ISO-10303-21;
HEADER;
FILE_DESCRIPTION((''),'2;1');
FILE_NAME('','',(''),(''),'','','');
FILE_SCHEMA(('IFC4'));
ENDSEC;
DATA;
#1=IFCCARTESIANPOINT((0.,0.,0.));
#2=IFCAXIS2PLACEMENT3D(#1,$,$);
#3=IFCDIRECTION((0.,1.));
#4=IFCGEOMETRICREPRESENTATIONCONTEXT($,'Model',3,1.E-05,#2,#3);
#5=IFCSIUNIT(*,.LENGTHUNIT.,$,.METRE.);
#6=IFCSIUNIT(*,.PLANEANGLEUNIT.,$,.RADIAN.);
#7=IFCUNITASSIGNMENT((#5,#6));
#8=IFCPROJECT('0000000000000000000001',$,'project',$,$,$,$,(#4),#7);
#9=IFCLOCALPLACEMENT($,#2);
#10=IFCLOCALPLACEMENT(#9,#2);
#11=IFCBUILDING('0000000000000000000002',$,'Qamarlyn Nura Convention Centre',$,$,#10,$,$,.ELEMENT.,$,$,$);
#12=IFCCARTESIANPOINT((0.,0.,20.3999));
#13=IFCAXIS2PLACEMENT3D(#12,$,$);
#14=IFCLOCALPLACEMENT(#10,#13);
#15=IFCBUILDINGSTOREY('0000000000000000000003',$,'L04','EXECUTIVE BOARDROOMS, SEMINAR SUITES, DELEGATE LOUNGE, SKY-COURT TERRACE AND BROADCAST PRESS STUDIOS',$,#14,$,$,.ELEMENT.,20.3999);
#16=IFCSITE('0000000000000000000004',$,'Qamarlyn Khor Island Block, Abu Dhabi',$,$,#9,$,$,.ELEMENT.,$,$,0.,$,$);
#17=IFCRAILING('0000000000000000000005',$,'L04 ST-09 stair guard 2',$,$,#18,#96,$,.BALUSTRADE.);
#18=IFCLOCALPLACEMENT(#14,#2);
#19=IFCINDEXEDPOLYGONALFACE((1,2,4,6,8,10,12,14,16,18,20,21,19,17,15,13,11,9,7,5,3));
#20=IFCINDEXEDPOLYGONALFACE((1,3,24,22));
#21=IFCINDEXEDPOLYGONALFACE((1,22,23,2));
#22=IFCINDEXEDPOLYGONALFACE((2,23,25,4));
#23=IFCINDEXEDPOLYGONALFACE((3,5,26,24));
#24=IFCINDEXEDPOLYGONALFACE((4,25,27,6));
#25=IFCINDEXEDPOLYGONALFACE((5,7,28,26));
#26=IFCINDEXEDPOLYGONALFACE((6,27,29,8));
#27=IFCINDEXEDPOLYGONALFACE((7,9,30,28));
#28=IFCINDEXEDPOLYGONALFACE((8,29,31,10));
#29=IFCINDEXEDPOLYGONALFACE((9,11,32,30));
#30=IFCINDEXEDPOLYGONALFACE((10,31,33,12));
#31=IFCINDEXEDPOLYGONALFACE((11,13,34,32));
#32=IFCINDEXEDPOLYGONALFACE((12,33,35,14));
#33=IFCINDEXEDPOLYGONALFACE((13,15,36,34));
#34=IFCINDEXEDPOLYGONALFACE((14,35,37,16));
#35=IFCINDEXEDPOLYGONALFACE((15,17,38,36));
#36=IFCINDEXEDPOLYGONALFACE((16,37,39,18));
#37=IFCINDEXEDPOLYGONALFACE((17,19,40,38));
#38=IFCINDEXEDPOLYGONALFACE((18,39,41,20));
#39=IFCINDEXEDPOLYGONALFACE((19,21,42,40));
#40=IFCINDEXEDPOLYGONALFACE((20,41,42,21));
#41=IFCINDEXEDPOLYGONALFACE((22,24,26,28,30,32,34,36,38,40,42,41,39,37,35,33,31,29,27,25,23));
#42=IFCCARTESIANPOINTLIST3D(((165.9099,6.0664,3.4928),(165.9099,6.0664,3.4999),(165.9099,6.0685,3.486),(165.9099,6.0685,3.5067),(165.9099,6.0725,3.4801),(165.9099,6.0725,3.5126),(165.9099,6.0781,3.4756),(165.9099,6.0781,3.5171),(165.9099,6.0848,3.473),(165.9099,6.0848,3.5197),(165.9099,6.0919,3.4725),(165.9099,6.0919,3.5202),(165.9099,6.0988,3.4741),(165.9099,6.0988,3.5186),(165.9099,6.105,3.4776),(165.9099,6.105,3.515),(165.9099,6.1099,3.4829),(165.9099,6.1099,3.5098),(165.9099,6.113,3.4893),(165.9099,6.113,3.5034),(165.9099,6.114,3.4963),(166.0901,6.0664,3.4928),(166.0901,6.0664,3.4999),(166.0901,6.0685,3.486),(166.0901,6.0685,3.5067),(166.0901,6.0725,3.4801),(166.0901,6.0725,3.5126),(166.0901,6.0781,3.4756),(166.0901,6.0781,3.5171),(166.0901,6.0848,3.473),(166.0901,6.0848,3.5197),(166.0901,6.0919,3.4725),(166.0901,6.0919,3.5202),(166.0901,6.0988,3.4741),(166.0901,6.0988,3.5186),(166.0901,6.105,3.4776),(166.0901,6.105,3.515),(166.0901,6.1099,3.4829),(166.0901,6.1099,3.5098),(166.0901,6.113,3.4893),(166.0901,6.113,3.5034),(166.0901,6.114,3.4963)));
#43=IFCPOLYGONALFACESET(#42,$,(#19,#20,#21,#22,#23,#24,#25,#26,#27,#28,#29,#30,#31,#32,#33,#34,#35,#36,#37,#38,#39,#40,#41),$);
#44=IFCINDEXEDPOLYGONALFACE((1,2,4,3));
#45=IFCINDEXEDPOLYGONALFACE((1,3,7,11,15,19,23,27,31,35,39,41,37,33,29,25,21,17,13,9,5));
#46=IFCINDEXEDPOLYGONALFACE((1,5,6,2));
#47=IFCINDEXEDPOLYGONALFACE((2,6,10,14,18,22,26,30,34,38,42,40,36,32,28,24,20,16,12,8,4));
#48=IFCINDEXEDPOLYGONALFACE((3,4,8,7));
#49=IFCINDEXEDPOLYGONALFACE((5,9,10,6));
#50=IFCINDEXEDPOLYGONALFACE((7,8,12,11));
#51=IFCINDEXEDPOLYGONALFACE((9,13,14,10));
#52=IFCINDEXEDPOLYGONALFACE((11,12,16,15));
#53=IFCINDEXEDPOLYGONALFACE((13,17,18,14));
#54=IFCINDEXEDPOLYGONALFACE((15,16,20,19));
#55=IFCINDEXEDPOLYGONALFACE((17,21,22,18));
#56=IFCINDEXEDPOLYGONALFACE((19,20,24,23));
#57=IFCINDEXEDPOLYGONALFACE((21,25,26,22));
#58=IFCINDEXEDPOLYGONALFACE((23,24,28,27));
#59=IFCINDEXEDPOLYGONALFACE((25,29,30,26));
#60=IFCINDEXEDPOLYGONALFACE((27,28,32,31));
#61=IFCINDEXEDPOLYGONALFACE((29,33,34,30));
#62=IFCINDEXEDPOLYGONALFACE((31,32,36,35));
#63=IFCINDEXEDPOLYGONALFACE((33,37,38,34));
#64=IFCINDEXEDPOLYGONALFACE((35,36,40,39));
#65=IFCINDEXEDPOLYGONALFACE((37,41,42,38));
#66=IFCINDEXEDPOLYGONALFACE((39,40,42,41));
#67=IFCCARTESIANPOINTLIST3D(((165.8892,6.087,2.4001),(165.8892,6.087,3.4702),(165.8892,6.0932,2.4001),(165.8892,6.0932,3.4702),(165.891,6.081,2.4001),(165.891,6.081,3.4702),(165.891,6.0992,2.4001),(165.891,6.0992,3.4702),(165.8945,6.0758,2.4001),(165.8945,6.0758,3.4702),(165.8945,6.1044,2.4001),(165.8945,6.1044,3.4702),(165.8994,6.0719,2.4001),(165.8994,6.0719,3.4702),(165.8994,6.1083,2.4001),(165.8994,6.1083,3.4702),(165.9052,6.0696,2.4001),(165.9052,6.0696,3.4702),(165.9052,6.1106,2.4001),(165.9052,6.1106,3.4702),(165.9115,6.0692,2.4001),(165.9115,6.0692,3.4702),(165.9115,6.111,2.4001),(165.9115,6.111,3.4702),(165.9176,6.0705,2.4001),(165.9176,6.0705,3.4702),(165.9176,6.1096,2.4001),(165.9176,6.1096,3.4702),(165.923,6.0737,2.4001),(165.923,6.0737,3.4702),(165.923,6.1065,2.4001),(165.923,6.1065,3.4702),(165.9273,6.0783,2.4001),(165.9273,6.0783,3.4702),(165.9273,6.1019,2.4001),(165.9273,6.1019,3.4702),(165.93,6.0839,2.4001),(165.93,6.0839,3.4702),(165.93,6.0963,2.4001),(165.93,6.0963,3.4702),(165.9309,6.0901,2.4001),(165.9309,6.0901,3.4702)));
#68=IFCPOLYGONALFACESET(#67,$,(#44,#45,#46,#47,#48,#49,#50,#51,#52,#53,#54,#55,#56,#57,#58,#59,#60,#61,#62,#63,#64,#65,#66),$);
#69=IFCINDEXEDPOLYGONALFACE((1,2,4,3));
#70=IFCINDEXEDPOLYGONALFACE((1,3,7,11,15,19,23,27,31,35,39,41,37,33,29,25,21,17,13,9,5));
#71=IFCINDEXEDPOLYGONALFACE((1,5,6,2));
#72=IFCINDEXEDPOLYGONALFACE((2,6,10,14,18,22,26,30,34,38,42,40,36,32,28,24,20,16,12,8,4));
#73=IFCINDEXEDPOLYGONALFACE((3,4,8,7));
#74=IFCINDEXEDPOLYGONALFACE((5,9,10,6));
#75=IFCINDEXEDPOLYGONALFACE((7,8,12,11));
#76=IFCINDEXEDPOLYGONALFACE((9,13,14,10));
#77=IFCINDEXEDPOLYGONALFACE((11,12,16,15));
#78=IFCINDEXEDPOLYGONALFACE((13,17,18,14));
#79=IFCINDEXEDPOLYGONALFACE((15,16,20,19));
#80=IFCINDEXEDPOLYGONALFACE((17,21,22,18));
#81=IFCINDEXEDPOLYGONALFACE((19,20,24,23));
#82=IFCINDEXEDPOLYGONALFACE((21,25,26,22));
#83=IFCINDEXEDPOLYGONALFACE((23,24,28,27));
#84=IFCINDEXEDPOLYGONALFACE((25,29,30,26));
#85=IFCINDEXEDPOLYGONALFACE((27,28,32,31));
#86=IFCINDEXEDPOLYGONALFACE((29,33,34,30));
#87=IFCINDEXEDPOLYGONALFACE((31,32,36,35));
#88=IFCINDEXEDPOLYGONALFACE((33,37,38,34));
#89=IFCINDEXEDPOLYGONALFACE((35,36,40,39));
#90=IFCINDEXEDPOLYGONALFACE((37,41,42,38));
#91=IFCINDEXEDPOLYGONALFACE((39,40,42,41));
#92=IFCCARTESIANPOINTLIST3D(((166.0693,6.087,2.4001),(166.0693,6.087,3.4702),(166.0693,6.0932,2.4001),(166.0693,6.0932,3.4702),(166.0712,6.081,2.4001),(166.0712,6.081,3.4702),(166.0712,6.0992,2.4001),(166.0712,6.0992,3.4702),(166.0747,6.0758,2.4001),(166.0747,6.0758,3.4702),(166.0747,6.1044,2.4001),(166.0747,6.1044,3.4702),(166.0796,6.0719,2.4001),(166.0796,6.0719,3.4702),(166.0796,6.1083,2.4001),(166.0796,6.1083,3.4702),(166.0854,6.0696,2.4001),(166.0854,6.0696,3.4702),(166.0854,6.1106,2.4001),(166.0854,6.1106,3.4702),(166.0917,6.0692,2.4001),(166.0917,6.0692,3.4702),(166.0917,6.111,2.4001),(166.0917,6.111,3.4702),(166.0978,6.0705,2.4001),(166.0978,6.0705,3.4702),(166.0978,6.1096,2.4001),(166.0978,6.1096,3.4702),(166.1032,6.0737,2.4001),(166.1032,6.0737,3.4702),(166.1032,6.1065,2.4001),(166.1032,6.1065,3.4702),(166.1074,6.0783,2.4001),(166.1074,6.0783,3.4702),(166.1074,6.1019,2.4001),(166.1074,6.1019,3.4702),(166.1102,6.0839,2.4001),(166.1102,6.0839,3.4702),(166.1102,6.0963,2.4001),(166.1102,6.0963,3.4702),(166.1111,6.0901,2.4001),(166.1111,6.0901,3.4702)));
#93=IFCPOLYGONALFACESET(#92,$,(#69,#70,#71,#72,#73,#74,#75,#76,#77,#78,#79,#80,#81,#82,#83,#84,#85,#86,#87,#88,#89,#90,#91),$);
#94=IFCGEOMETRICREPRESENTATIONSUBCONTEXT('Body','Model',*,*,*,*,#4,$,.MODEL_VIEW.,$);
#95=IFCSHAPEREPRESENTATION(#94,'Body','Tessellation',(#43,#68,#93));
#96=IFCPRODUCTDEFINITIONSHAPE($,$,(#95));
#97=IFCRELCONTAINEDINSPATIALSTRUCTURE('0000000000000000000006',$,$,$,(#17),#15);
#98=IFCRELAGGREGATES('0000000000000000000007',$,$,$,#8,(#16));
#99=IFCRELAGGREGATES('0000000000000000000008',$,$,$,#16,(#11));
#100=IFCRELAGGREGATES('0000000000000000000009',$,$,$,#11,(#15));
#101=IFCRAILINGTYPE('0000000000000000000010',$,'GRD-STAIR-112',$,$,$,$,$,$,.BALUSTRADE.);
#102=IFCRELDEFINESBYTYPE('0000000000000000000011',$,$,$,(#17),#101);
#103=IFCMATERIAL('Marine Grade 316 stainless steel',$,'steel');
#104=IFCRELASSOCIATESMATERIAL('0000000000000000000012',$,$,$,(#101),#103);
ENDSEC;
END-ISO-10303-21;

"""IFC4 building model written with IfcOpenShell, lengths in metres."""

from ifc_helpers import new_model, si_unit, direction, frame, origin, origin_2d, place, context, subcontext, project, spatial, circle, extrude, material, type_object, element, save


model = new_model("IFC4")

# Units and contexts
model_context = context("Model", 3, precision=1e-05, world=origin(), true_north=direction((0.0, 1.0)))
body_context = subcontext(model_context, "Body", "Model", "MODEL_VIEW")
ifc_project = project(units=[si_unit("LENGTHUNIT", "METRE"), si_unit("PLANEANGLEUNIT", "RADIAN")], contexts=[model_context])

# Site, building, storey
site_placement = place(None, origin())
site = spatial("IfcSite", under=ifc_project, at=site_placement, Name="Qamarlyn Khor Island Block, Abu Dhabi", CompositionType="ELEMENT", RefElevation=0.0)
building_placement = place(site_placement, origin())
building = spatial("IfcBuilding", under=site, at=building_placement, Name="Qamarlyn Nura Convention Centre", CompositionType="ELEMENT")
storey_placement = place(building_placement, frame((0.0, 0.0, 20.3999)))
storey = spatial("IfcBuildingStorey", under=building, at=storey_placement, Name="L04", Description="EXECUTIVE BOARDROOMS, SEMINAR SUITES, DELEGATE LOUNGE, SKY-COURT TERRACE AND BROADCAST PRESS STUDIOS", CompositionType="ELEMENT", Elevation=20.3999)

# Railing
ifc_material_1 = material(Name="Marine Grade 316 stainless steel", Category="steel")
railing_type_1 = type_object("IfcRailingType", Name="GRD-STAIR-112", PredefinedType="BALUSTRADE", material=ifc_material_1)
railing_1_placement = place(storey_placement, frame((165.9099, 6.0901, 2.4001)))
element("IfcRailing", 1, at=railing_1_placement, inside=storey, type_object=railing_type_1, Name="L04 ST-09 stair guard 2", PredefinedType="BALUSTRADE", context=body_context, shape_type="SweptSolid", body=[
    extrude(circle(Radius=0.0239, at=origin_2d()), frame((0.0, 0.0, 1.0962), z_axis=(1.0, 0.0, 0.0), x_axis=(0.0, 1.0, 0.0)), (0.0, 0.0, 1.0), 0.1802),
    extrude(circle(Radius=0.021, at=origin_2d()), origin(), (0.0, 0.0, 1.0), 1.0701),
    extrude(circle(Radius=0.021, at=origin_2d()), frame((0.1802, 0.0, 0.0)), (0.0, 0.0, 1.0), 1.0701),
])

save(model, "model.ifc")
